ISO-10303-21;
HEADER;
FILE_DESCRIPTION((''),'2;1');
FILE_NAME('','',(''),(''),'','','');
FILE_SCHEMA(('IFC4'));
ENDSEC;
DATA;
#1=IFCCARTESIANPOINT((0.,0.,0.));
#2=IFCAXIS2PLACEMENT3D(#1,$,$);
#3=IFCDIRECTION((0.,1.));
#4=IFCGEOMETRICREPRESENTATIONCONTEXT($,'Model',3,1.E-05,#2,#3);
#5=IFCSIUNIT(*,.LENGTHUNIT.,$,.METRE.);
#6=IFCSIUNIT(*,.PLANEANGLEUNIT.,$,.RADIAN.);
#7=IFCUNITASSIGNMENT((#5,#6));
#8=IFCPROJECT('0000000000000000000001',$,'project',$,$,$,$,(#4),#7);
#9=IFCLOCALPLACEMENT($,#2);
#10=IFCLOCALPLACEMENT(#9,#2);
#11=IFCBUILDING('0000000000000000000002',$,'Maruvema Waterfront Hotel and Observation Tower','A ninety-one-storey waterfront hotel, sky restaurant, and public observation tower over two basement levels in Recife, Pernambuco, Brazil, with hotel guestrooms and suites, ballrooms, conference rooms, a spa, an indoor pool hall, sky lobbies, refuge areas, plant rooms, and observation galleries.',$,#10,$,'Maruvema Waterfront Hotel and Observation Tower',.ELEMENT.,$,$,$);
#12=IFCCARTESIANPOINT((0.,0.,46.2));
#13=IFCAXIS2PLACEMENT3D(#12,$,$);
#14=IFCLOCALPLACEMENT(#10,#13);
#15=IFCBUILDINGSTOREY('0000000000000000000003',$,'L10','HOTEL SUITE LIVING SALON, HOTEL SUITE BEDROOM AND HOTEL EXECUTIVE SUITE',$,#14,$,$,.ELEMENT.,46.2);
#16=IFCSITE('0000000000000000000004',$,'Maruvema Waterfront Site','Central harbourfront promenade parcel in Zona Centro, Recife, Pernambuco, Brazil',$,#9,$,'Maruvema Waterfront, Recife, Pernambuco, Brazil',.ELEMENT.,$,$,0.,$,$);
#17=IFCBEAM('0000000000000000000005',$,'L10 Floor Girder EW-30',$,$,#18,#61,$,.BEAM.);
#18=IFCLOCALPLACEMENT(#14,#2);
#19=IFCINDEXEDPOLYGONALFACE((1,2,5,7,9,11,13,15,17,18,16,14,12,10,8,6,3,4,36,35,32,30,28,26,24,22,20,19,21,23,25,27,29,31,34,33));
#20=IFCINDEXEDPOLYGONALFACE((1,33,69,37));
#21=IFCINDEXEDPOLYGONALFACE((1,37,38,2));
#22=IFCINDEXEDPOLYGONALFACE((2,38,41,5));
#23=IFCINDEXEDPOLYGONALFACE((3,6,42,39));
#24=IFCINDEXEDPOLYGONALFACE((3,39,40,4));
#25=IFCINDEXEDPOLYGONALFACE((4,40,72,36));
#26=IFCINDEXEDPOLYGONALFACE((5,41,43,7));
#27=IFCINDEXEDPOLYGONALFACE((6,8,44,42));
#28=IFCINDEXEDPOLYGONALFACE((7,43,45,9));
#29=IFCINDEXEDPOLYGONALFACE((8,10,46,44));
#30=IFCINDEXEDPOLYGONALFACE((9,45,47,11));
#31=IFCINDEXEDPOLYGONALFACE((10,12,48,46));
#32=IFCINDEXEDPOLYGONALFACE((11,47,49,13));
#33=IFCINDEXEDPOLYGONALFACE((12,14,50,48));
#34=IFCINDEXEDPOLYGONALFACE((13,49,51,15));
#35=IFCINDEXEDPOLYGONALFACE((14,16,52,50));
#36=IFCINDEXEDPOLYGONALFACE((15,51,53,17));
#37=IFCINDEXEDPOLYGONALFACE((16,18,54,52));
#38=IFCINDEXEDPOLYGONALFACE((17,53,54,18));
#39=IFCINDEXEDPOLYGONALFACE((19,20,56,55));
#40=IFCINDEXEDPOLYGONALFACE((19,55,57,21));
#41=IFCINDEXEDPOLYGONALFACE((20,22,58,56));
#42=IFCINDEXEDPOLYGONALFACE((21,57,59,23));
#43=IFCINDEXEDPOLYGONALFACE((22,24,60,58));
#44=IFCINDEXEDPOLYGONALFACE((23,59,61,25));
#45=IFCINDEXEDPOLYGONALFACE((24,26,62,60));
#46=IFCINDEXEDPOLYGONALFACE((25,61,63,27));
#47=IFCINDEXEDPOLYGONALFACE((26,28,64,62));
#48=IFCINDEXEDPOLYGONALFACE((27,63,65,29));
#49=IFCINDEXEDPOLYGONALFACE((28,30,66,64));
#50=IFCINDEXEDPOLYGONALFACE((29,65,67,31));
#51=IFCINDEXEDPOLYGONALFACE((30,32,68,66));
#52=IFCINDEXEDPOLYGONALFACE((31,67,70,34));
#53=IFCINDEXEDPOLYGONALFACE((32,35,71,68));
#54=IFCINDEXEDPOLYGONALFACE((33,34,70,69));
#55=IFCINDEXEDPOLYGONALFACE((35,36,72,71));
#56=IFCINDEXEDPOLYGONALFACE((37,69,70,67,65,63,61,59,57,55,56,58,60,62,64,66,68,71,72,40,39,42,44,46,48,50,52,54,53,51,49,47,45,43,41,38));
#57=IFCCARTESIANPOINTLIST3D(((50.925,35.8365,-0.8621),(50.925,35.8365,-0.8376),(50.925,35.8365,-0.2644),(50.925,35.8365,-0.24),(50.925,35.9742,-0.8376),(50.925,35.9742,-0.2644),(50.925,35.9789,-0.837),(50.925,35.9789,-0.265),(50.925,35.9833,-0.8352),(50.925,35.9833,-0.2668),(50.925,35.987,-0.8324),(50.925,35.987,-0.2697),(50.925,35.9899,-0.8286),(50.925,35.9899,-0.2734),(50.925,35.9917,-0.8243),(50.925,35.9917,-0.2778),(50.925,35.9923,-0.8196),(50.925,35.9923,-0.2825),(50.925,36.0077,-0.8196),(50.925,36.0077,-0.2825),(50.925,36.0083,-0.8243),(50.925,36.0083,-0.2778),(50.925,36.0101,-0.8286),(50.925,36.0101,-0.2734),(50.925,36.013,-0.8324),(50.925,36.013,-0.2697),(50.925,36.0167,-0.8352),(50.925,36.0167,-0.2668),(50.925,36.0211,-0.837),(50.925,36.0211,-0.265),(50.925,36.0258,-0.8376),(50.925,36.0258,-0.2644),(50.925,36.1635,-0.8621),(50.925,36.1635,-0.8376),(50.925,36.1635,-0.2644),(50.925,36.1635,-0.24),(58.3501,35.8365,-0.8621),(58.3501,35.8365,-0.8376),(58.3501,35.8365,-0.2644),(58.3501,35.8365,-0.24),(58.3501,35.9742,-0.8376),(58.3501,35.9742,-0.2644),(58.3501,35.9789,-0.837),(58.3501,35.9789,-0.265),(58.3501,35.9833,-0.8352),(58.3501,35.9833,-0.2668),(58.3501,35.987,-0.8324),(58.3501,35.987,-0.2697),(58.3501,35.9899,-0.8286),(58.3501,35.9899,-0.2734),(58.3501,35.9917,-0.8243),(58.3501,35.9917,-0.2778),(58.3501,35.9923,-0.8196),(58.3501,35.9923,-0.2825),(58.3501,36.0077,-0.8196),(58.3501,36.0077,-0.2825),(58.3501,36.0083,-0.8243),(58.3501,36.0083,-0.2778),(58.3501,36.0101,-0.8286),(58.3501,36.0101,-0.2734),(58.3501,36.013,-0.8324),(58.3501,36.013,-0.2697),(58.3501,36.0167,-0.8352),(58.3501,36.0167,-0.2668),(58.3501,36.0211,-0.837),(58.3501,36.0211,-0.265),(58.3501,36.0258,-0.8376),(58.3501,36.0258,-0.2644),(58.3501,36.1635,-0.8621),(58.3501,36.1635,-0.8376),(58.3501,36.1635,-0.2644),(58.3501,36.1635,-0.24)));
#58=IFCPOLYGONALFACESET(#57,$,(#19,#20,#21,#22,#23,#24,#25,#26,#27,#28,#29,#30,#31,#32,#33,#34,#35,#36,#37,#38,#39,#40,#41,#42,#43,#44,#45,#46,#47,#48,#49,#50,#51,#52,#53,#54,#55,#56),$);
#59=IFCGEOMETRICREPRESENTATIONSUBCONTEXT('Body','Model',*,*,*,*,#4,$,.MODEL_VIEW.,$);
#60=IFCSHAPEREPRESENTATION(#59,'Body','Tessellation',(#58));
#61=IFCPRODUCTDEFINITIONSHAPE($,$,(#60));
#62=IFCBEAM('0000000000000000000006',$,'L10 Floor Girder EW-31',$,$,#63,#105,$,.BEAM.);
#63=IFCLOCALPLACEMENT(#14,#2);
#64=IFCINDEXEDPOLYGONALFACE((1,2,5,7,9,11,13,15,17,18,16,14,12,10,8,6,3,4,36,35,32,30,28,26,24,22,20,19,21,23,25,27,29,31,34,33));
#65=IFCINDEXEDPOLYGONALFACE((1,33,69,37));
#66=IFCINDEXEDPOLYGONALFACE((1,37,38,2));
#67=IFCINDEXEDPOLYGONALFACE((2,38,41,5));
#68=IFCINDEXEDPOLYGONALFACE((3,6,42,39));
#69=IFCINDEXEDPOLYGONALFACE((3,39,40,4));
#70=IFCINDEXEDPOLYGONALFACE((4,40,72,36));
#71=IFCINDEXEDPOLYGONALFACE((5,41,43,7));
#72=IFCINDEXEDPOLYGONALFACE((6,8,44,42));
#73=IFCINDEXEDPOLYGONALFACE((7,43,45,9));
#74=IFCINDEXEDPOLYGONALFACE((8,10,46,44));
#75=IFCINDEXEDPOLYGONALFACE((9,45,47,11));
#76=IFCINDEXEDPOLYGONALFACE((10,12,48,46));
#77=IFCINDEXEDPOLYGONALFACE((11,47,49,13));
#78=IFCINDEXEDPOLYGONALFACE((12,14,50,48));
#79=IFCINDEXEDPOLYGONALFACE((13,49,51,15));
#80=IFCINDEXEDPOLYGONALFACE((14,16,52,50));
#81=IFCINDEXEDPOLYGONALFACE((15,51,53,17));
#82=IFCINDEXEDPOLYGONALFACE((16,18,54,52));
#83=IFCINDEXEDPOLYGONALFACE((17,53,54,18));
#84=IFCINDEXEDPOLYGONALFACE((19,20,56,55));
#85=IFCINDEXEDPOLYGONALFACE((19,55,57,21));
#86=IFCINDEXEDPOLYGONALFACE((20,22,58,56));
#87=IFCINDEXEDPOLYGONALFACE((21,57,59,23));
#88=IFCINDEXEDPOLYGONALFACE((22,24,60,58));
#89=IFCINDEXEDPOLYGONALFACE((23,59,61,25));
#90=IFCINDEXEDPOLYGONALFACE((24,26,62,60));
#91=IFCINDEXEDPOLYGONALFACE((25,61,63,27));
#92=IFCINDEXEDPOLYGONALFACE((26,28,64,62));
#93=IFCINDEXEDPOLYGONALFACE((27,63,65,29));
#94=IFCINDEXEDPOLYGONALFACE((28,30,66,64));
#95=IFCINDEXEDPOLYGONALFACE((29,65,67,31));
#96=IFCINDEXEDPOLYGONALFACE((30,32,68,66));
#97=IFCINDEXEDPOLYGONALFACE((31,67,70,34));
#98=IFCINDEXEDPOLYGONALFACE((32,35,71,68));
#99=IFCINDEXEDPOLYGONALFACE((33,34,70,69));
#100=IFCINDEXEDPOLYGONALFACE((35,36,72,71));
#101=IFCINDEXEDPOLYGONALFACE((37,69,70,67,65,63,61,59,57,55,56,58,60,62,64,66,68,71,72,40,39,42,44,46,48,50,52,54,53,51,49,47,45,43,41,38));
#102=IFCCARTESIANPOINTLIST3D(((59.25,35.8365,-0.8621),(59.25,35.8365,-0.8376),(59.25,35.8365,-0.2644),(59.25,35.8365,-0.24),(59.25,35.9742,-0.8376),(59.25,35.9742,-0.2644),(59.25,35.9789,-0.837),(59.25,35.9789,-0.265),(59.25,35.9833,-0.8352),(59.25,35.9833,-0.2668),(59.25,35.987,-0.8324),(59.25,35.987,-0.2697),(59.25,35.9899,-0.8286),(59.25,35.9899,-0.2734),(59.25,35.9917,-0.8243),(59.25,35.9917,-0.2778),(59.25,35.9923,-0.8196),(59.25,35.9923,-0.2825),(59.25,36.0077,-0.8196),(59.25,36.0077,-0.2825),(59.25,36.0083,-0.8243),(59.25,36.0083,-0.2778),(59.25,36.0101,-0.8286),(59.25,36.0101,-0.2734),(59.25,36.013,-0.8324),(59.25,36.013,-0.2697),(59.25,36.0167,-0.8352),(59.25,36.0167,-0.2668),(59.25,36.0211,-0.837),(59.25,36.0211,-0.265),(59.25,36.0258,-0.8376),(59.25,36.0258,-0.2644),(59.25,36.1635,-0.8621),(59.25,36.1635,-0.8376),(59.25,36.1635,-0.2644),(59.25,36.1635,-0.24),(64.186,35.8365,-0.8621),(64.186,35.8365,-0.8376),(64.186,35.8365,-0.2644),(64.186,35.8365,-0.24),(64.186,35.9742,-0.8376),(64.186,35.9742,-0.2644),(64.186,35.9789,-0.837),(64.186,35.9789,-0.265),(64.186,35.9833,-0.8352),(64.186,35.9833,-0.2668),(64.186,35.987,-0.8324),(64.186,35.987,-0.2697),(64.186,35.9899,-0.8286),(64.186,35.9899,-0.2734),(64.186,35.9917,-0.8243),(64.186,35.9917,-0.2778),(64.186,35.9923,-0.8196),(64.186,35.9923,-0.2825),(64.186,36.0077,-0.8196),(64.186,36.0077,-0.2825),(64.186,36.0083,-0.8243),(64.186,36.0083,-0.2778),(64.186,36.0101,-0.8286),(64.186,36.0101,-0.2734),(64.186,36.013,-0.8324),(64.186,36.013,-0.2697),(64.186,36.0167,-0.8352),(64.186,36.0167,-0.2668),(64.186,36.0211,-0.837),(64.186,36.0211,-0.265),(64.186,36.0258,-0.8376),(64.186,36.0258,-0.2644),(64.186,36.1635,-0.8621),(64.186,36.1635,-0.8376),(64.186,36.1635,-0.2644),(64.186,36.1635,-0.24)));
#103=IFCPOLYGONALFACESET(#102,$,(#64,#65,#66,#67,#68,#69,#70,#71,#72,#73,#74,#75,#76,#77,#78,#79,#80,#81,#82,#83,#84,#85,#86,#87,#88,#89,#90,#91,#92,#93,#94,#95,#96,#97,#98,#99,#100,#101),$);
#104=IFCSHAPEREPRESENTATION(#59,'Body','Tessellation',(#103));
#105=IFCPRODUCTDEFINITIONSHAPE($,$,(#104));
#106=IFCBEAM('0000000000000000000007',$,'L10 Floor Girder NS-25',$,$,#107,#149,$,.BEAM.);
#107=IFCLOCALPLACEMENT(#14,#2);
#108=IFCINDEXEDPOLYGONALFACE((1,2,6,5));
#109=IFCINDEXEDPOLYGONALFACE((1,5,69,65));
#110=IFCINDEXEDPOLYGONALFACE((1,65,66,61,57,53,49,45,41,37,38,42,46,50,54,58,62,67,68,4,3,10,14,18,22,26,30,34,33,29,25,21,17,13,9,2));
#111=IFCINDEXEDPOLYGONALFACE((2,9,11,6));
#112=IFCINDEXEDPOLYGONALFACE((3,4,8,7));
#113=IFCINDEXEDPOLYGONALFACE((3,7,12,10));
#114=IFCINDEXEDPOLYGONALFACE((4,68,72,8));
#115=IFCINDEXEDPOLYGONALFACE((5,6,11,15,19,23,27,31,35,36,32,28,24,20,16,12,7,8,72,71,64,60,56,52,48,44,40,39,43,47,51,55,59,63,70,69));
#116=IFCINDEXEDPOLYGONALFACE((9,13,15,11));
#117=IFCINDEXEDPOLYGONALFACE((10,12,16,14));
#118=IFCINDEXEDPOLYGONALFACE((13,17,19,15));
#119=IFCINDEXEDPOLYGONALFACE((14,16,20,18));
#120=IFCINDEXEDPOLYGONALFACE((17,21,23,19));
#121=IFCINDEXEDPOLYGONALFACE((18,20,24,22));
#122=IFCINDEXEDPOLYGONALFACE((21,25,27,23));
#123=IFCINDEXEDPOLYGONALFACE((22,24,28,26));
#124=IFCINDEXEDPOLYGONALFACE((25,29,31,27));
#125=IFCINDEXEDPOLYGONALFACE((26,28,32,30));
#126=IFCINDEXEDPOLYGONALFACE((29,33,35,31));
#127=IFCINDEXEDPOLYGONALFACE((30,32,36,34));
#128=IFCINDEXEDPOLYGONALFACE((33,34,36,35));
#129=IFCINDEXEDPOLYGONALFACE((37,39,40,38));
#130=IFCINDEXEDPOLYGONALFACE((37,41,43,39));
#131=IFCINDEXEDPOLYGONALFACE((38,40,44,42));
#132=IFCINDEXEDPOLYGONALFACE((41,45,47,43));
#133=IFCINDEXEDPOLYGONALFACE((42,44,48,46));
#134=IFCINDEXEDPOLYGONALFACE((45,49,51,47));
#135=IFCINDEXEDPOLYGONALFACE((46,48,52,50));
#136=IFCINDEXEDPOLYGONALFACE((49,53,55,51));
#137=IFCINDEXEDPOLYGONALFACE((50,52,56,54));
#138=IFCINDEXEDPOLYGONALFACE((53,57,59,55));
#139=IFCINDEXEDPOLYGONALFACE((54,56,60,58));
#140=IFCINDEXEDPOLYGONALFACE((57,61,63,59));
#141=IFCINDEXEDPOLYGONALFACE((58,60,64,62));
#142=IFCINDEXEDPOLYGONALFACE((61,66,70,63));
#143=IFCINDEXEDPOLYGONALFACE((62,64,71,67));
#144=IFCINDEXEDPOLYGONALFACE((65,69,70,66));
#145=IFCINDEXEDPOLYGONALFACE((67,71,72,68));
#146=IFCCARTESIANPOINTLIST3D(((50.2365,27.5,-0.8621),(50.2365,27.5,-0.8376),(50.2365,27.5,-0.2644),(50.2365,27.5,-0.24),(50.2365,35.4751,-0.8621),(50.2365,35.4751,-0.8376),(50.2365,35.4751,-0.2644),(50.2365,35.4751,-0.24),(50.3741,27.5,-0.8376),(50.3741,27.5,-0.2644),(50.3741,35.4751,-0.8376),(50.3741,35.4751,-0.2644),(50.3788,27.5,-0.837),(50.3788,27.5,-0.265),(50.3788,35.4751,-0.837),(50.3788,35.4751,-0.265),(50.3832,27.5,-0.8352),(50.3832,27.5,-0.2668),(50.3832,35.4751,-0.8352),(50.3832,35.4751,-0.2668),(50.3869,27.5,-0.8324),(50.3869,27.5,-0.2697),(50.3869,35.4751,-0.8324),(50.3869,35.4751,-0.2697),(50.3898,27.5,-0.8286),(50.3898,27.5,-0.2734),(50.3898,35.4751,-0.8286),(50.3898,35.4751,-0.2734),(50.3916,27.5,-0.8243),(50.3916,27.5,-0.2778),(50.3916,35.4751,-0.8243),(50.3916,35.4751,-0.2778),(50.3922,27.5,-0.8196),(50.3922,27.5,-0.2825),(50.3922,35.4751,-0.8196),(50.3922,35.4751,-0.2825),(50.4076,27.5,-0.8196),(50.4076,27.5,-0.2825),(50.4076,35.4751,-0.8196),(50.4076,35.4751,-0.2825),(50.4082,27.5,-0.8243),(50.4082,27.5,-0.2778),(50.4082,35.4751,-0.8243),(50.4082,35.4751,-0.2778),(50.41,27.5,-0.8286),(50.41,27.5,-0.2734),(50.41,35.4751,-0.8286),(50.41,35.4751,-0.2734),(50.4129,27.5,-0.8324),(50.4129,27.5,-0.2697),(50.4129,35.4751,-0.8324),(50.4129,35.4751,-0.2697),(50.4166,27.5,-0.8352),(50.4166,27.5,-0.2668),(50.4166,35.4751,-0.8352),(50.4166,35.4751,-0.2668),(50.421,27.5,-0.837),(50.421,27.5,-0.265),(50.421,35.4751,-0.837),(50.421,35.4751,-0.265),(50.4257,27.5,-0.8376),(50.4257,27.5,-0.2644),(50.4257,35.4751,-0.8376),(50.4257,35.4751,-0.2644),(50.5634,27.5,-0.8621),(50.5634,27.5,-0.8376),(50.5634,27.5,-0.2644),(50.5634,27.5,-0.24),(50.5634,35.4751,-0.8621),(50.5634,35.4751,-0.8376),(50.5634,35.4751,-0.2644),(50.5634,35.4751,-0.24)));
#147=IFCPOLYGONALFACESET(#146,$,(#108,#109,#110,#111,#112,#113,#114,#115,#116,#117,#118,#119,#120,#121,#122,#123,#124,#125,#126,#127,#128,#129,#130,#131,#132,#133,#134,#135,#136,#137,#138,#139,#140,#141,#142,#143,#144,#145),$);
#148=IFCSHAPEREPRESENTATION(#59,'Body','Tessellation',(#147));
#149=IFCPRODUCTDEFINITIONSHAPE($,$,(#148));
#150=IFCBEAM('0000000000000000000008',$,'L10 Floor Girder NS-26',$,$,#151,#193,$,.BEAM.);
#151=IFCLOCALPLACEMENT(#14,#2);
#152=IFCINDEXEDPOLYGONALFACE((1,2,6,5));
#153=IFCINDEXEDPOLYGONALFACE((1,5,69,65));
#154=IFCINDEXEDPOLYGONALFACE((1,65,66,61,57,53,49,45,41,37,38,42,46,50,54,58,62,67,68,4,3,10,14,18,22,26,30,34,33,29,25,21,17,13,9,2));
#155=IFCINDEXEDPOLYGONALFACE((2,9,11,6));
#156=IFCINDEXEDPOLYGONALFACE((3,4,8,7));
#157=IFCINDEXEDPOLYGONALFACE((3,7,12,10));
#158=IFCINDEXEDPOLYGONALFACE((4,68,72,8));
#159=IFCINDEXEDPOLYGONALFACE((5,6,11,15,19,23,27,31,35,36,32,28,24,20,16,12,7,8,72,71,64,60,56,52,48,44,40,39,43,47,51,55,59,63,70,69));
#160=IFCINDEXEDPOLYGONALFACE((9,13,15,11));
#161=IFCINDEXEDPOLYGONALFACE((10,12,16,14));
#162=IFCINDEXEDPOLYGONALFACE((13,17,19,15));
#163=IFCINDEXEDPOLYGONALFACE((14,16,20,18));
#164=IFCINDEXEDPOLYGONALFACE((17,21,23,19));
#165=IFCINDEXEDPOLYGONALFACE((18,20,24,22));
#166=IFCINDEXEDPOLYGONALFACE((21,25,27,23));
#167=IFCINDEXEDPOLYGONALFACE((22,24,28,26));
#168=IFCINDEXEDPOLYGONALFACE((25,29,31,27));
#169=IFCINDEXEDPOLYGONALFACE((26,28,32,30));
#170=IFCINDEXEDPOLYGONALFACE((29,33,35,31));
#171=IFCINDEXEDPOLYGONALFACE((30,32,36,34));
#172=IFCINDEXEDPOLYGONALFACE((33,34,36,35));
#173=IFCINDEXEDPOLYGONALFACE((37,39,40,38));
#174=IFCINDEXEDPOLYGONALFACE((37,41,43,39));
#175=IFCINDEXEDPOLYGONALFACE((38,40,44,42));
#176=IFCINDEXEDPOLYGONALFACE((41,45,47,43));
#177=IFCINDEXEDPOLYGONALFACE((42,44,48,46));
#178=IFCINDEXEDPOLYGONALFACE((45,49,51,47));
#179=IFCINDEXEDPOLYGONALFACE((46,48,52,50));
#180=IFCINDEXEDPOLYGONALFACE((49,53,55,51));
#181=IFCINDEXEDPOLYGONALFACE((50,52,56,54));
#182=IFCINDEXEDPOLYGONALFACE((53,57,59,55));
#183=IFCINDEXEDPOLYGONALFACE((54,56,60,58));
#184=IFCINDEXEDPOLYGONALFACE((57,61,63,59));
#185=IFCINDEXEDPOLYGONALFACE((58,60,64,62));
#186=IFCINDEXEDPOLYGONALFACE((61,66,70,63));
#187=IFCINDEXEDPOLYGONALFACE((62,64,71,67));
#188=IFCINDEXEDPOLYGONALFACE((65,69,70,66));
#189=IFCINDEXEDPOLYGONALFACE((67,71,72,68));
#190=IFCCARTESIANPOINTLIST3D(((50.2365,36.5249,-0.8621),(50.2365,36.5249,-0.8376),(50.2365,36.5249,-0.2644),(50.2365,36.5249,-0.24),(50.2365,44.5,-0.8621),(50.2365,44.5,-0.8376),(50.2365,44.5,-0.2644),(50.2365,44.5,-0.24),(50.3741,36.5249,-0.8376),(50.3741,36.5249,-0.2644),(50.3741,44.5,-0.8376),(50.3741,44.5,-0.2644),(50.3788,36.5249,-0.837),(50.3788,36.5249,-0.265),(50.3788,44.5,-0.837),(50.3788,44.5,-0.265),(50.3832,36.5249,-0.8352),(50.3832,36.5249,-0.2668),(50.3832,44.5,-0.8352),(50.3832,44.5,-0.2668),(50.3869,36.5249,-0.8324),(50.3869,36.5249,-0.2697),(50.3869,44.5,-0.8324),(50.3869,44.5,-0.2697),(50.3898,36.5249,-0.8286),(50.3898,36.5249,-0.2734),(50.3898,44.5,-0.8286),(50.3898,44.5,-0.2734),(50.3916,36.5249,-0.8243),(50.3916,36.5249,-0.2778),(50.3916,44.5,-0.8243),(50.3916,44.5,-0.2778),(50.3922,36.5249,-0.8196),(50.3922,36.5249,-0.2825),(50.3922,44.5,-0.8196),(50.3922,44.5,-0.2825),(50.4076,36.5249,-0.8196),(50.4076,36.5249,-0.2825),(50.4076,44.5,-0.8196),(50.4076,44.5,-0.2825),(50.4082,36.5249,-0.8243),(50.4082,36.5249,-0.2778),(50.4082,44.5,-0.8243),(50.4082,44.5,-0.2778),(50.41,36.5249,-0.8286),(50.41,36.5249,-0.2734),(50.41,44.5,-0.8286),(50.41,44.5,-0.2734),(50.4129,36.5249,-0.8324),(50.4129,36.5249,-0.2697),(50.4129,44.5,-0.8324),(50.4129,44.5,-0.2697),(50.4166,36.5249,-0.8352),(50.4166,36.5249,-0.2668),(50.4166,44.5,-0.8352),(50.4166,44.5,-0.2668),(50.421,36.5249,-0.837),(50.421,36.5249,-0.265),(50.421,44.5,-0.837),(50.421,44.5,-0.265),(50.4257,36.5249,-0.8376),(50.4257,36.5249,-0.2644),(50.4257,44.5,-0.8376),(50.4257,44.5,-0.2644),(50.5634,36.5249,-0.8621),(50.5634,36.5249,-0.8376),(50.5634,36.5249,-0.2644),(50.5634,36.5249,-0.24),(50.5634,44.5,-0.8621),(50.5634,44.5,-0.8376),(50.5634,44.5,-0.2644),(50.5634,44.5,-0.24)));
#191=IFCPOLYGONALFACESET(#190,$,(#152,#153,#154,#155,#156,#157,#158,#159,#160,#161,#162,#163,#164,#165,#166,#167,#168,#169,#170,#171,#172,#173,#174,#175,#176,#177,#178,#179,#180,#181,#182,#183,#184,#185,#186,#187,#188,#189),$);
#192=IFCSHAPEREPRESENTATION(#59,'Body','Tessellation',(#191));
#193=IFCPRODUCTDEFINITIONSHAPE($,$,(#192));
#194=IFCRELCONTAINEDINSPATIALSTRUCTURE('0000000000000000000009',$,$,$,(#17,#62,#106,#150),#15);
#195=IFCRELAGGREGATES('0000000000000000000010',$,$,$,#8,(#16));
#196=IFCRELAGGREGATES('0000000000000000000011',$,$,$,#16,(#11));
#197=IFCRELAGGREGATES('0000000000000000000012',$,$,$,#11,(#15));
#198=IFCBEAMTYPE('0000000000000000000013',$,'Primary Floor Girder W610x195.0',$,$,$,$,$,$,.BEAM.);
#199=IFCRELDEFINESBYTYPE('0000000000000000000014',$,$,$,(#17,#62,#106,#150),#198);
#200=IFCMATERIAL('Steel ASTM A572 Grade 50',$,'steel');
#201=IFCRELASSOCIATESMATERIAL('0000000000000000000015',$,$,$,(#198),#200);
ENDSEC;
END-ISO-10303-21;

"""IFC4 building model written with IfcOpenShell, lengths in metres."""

from ifc_helpers import new_model, si_unit, direction, frame, origin, origin_2d, place, context, subcontext, project, spatial, i_section, extrude, material, material_profile, profile_set, type_object, element, save


model = new_model("IFC4")

# Units and contexts
model_context = context("Model", 3, precision=1e-05, world=origin(), true_north=direction((0.0, 1.0)))
body_context = subcontext(model_context, "Body", "Model", "MODEL_VIEW")
ifc_project = project(units=[si_unit("LENGTHUNIT", "METRE"), si_unit("PLANEANGLEUNIT", "RADIAN")], contexts=[model_context])

# Site, building, storey
site_placement = place(None, origin())
site = spatial("IfcSite", under=ifc_project, at=site_placement, Name="Maruvema Waterfront Site", Description="Central harbourfront promenade parcel in Zona Centro, Recife, Pernambuco, Brazil", LongName="Maruvema Waterfront, Recife, Pernambuco, Brazil", CompositionType="ELEMENT", RefElevation=0.0)
building_placement = place(site_placement, origin())
building = spatial("IfcBuilding", under=site, at=building_placement, Name="Maruvema Waterfront Hotel and Observation Tower", Description="A ninety-one-storey waterfront hotel, sky restaurant, and public observation tower over two basement levels in Recife, Pernambuco, Brazil, with hotel guestrooms and suites, ballrooms, conference rooms, a spa, an indoor pool hall, sky lobbies, refuge areas, plant rooms, and observation galleries.", LongName="Maruvema Waterfront Hotel and Observation Tower", CompositionType="ELEMENT")
storey_placement = place(building_placement, frame((0.0, 0.0, 46.2)))
storey = spatial("IfcBuildingStorey", under=building, at=storey_placement, Name="L10", Description="HOTEL SUITE LIVING SALON, HOTEL SUITE BEDROOM AND HOTEL EXECUTIVE SUITE", CompositionType="ELEMENT", Elevation=46.2)

# Beams
ifc_material_1 = material(Name="Steel ASTM A572 Grade 50", Category="steel")
ifc_material_profile_1 = material_profile(ifc_material_1, i_section(OverallWidth=0.3269, OverallDepth=0.6221, WebThickness=0.0154, FlangeThickness=0.0244, FilletRadius=0.0181, at=origin_2d()), Name="W610x195.0")
ifc_profile_set_1 = profile_set([ifc_material_profile_1], Name="Steel ASTM A572 Grade 50")
beam_type_1 = type_object("IfcBeamType", Name="Primary Floor Girder W610x195.0", PredefinedType="BEAM", material=ifc_profile_set_1)
beam_1_placement = place(storey_placement, frame((50.925, 36.0, -0.551), z_axis=(1.0, 0.0, 0.0), x_axis=(0.0, 1.0, 0.0)))
element("IfcBeam", 1, at=beam_1_placement, inside=storey, type_object=beam_type_1, Name="L10 Floor Girder EW-30", PredefinedType="BEAM", context=body_context, shape_type="SweptSolid", body=[
    extrude(i_section(OverallWidth=0.3269, OverallDepth=0.6221, WebThickness=0.0154, FlangeThickness=0.0244, FilletRadius=0.0181, at=origin_2d()), origin(), (0.0, 0.0, 1.0), 7.425),
])
beam_2_placement = place(storey_placement, frame((59.25, 36.0, -0.551), z_axis=(1.0, 0.0, 0.0), x_axis=(0.0, 1.0, 0.0)))
element("IfcBeam", 2, at=beam_2_placement, inside=storey, type_object=beam_type_1, Name="L10 Floor Girder EW-31", PredefinedType="BEAM", context=body_context, shape_type="SweptSolid", body=[
    extrude(i_section(OverallWidth=0.3269, OverallDepth=0.6221, WebThickness=0.0154, FlangeThickness=0.0244, FilletRadius=0.0181, at=origin_2d()), origin(), (0.0, 0.0, 1.0), 4.936),
])
for number, where, z_axis, x_axis, name in (
    (3, (50.3999, 27.5, -0.551), (0.0, 1.0, 0.0), (-1.0, 0.0, 0.0), "L10 Floor Girder NS-25"),
    (4, (50.3999, 36.5249, -0.551), (0.0, 1.0, 0.0), (-1.0, 0.0, 0.0), "L10 Floor Girder NS-26"),
):
    element("IfcBeam", number, at=place(storey_placement, frame(where, z_axis=z_axis, x_axis=x_axis)), inside=storey, type_object=beam_type_1, Name=name, PredefinedType="BEAM", context=body_context, shape_type="SweptSolid", body=[
        extrude(i_section(OverallWidth=0.3269, OverallDepth=0.6221, WebThickness=0.0154, FlangeThickness=0.0244, FilletRadius=0.0181, at=origin_2d()), origin(), (0.0, 0.0, 1.0), 7.9751),
    ])

save(model, "model.ifc")
